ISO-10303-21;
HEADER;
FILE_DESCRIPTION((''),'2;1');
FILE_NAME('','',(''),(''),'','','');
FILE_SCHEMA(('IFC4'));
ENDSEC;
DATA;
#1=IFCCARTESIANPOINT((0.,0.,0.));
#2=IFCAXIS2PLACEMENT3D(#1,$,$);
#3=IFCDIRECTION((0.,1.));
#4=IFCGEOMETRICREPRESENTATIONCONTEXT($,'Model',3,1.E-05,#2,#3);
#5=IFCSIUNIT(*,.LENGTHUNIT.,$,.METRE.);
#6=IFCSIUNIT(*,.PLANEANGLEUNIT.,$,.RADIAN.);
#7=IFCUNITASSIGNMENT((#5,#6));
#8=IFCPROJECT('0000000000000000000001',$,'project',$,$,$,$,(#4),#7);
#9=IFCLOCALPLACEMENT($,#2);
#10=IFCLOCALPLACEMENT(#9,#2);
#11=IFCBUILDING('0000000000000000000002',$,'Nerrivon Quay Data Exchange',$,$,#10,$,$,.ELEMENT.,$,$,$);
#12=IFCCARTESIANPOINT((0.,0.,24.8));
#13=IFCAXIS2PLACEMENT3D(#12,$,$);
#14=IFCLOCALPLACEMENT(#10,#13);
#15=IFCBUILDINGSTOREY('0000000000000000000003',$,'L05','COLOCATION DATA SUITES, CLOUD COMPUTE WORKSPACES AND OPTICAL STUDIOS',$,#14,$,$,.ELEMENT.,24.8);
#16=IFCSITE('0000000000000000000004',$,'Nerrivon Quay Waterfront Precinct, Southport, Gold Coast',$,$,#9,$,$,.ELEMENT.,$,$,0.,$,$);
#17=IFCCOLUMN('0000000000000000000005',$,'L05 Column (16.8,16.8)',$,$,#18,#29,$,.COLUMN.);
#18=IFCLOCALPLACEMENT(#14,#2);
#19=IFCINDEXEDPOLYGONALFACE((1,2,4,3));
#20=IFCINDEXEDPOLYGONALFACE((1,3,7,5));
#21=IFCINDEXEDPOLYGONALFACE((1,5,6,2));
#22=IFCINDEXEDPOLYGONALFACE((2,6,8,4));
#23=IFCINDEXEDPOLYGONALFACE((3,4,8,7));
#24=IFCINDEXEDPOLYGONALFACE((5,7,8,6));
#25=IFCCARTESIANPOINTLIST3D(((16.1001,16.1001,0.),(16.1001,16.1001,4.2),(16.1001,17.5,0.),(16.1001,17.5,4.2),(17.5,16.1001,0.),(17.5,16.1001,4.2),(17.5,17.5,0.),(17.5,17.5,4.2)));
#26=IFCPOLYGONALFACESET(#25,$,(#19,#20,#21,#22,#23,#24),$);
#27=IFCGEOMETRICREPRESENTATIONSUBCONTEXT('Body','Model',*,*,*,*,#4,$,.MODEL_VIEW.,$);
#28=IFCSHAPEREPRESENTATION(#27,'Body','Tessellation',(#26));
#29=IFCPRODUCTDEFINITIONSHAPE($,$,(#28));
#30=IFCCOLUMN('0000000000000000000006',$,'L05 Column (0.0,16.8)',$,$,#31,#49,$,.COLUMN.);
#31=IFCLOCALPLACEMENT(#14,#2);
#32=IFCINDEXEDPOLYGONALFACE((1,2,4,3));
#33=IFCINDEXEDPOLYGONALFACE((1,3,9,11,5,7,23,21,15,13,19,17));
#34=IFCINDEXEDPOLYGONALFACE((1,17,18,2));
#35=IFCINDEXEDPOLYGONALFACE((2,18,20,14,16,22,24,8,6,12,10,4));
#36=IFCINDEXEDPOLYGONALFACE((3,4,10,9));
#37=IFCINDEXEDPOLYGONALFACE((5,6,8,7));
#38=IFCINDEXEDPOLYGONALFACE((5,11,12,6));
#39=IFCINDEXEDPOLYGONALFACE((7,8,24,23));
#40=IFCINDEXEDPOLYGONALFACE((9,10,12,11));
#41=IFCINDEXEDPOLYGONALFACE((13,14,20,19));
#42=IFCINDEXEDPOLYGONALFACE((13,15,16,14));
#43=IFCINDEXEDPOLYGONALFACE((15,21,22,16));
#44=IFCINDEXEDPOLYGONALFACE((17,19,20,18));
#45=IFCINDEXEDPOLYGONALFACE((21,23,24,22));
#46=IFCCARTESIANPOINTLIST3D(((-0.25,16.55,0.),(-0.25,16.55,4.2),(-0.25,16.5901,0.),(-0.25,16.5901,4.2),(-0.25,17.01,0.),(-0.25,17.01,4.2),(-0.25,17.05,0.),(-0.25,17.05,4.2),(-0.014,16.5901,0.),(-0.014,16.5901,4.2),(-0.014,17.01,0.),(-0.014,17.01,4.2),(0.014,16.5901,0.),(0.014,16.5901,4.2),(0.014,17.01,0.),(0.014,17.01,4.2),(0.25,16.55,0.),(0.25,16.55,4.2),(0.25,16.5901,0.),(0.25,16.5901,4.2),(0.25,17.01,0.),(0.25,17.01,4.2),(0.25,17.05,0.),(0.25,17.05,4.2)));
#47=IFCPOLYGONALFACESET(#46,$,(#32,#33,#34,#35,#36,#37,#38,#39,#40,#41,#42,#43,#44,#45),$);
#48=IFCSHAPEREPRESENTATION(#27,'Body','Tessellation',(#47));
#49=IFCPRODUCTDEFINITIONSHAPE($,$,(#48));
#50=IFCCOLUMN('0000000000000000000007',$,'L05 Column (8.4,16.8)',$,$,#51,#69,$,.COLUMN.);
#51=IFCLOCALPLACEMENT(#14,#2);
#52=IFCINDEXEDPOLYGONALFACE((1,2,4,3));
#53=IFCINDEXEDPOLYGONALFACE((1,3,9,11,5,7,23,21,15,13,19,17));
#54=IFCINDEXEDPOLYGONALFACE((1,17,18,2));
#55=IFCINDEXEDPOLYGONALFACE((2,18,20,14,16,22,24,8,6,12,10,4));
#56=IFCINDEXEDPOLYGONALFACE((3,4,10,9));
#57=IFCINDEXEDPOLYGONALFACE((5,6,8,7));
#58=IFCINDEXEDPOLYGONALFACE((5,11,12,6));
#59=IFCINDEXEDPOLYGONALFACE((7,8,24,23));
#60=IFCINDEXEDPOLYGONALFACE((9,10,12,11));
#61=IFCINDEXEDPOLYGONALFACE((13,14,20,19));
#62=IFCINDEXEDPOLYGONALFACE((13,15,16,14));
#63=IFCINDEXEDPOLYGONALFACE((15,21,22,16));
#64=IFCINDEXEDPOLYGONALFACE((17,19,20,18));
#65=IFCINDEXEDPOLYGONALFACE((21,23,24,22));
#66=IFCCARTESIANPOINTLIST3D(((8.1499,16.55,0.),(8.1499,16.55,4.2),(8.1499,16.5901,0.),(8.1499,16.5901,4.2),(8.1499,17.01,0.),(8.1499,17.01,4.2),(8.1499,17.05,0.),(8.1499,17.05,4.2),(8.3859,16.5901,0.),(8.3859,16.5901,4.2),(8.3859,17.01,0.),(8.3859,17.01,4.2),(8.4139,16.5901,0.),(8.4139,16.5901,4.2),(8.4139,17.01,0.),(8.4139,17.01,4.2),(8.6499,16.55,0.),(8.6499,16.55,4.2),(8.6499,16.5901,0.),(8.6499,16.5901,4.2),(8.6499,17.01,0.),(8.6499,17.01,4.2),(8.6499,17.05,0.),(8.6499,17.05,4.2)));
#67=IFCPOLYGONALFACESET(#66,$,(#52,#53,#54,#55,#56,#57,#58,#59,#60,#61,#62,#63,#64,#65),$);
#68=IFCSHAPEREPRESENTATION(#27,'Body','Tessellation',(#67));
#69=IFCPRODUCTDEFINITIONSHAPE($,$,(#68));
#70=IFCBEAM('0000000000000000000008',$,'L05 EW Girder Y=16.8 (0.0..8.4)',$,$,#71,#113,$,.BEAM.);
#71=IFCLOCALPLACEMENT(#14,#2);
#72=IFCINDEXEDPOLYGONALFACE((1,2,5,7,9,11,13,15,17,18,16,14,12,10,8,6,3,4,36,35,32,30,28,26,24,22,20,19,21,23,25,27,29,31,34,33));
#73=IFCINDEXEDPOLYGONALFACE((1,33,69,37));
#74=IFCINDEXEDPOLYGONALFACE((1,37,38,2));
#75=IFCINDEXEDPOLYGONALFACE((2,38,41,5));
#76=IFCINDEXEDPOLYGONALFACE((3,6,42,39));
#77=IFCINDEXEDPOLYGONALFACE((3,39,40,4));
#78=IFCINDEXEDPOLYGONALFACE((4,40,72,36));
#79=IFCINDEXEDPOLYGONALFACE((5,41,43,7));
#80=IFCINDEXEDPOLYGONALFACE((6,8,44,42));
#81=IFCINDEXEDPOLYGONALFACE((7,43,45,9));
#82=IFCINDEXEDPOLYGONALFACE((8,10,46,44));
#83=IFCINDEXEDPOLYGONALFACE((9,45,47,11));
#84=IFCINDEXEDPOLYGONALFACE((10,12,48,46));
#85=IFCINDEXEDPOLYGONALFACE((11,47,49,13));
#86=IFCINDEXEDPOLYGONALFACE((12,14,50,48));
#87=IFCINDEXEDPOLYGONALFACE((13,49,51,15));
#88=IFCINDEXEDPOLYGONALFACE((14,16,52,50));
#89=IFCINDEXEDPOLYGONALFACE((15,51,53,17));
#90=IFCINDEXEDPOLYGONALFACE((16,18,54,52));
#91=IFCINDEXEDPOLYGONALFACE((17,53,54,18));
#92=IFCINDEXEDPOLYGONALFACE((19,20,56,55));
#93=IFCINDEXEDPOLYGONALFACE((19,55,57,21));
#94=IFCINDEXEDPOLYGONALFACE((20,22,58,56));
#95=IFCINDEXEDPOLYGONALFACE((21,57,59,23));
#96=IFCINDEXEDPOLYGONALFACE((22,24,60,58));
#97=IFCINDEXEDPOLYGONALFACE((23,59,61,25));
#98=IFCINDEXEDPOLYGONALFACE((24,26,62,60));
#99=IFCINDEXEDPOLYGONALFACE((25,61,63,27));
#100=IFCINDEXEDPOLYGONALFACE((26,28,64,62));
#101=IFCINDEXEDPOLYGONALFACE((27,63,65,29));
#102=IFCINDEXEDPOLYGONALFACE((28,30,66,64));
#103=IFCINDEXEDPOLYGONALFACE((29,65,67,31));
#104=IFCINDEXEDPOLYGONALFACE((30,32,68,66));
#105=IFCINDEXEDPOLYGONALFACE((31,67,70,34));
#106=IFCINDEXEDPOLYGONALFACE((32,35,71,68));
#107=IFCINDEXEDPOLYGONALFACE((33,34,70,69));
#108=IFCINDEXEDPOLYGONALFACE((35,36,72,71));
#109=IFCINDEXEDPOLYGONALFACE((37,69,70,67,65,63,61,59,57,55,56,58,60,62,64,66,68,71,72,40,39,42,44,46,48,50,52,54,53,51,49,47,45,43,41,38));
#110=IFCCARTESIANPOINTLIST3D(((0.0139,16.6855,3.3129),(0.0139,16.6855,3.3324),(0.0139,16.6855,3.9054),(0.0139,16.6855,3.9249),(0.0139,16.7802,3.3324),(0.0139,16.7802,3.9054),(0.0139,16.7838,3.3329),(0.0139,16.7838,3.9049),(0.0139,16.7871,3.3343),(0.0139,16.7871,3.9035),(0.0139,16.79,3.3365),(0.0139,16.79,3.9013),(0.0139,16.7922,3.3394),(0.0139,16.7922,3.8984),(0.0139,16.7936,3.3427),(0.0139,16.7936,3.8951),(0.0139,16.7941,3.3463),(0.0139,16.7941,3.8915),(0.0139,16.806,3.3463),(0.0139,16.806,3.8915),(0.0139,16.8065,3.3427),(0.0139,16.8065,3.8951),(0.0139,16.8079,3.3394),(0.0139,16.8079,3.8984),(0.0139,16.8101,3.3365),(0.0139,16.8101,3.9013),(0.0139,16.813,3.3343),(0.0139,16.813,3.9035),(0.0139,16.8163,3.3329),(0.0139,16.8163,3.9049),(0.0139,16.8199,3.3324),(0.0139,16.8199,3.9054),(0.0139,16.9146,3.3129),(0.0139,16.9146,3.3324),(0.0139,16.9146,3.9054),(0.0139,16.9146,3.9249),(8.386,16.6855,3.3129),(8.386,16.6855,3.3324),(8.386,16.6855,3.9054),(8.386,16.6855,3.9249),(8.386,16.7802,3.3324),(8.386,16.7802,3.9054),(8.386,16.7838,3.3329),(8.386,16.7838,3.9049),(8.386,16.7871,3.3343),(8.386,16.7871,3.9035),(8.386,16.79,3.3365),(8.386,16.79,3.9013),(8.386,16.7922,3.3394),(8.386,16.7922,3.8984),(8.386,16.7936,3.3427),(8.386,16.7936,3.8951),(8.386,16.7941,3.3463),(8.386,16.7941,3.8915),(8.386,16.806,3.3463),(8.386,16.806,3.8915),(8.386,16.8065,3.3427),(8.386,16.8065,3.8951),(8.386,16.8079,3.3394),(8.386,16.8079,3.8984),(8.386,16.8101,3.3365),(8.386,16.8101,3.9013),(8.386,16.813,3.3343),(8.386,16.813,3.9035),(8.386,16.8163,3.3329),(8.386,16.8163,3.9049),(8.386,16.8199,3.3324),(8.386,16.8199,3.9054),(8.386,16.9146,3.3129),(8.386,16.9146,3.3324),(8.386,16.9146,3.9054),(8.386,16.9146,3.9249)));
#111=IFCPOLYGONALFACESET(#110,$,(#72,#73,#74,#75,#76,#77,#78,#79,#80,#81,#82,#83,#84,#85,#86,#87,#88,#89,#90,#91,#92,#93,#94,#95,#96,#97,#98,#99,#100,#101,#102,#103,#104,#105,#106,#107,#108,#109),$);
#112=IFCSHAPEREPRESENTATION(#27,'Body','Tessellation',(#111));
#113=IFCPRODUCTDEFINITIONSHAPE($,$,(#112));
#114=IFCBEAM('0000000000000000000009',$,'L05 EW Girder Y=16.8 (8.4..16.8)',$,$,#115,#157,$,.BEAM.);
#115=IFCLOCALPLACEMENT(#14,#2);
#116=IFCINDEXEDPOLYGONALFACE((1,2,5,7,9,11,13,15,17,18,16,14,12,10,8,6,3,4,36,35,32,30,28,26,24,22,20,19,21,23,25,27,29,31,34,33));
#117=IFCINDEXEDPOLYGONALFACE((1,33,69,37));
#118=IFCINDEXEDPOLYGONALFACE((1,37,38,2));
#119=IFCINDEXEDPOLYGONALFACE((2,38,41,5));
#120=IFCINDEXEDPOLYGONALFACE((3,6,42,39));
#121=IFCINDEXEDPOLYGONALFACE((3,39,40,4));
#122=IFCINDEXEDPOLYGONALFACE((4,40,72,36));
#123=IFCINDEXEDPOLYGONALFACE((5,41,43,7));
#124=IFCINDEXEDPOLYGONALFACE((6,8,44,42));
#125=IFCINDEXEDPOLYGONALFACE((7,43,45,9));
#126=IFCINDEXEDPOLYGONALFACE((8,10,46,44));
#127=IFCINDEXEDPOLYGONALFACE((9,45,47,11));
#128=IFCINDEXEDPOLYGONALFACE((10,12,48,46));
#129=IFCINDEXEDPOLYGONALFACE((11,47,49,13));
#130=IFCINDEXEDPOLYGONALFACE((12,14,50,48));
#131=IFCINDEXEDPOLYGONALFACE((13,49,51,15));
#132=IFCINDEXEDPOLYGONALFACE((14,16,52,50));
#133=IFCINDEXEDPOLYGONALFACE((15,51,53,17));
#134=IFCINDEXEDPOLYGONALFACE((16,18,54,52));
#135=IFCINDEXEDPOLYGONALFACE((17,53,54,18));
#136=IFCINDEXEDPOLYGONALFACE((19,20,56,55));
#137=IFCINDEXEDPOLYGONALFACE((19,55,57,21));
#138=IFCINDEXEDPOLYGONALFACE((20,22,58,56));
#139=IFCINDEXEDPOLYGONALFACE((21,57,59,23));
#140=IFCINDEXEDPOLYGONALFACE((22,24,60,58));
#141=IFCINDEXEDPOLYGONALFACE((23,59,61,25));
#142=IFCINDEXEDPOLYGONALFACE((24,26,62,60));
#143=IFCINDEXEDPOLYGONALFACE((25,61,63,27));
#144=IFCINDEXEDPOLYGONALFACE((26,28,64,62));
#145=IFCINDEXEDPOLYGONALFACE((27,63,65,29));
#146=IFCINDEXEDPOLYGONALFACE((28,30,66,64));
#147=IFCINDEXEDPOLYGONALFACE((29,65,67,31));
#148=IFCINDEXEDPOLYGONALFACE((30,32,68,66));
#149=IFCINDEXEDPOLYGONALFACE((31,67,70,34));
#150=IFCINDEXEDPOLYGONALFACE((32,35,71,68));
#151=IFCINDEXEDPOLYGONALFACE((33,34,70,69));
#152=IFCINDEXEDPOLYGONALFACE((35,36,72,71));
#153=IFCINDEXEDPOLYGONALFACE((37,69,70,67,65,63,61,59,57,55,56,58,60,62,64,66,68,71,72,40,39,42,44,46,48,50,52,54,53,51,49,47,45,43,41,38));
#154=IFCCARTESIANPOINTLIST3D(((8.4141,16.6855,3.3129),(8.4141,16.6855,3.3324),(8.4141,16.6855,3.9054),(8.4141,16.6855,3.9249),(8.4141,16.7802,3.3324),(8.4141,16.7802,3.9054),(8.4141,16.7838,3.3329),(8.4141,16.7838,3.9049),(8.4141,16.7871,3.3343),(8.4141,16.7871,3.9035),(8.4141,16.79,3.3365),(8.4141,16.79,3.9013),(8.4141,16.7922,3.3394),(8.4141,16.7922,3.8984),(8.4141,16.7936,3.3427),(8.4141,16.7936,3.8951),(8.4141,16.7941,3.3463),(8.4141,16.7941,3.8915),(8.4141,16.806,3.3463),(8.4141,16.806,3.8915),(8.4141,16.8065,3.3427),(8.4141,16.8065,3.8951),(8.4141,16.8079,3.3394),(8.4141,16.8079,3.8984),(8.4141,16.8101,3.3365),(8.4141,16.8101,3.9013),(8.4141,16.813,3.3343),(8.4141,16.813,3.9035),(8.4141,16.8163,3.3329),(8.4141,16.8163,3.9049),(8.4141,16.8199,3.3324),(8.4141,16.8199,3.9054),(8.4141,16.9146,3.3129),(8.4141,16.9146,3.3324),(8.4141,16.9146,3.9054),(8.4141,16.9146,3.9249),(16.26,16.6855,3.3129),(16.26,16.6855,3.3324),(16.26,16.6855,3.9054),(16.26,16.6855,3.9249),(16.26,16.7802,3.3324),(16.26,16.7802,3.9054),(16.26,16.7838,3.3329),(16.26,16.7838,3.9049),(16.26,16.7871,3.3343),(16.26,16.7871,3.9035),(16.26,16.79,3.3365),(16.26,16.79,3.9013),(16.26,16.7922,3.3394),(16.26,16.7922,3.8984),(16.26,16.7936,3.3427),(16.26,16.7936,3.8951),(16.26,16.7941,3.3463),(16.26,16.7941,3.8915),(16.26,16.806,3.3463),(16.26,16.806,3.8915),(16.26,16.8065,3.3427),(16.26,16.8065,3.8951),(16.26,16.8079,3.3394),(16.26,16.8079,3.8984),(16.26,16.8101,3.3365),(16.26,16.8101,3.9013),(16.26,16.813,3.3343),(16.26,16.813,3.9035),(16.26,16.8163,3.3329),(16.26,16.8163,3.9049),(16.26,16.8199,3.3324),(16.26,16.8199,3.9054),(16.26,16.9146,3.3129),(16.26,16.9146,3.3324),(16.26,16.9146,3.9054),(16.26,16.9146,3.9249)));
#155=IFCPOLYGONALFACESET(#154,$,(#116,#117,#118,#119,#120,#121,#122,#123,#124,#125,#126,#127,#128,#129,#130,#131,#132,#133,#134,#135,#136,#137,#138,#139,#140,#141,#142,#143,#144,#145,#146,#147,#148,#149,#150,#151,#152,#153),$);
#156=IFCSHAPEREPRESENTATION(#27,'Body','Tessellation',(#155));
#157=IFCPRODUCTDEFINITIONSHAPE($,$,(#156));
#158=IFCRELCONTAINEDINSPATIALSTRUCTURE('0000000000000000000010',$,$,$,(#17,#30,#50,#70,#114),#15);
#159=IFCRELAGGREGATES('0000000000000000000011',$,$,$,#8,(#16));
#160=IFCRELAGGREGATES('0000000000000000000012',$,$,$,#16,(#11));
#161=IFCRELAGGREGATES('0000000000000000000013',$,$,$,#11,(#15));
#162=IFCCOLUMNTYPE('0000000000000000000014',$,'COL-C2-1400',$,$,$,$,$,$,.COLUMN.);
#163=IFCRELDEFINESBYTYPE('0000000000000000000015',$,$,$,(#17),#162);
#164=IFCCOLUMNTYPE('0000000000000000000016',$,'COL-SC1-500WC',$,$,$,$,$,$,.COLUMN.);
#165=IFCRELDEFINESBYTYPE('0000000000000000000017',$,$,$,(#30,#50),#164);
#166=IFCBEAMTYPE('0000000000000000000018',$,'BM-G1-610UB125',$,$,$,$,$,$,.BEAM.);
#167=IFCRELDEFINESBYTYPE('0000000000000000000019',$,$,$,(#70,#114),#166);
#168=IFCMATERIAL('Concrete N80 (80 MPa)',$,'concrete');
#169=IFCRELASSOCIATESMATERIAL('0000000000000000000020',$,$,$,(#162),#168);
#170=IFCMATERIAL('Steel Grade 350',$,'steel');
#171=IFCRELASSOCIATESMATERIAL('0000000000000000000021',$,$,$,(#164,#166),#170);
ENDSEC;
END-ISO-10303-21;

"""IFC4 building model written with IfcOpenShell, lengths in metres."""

from ifc_helpers import new_model, si_unit, direction, frame, origin, origin_2d, place, context, subcontext, project, spatial, rectangle, i_section, extrude, material, material_profile, profile_set, type_object, element, save


model = new_model("IFC4")

# Units and contexts
model_context = context("Model", 3, precision=1e-05, world=origin(), true_north=direction((0.0, 1.0)))
body_context = subcontext(model_context, "Body", "Model", "MODEL_VIEW")
ifc_project = project(units=[si_unit("LENGTHUNIT", "METRE"), si_unit("PLANEANGLEUNIT", "RADIAN")], contexts=[model_context])

# Site, building, storey
site_placement = place(None, origin())
site = spatial("IfcSite", under=ifc_project, at=site_placement, Name="Nerrivon Quay Waterfront Precinct, Southport, Gold Coast", CompositionType="ELEMENT", RefElevation=0.0)
building_placement = place(site_placement, origin())
building = spatial("IfcBuilding", under=site, at=building_placement, Name="Nerrivon Quay Data Exchange", CompositionType="ELEMENT")
storey_placement = place(building_placement, frame((0.0, 0.0, 24.8)))
storey = spatial("IfcBuildingStorey", under=building, at=storey_placement, Name="L05", Description="COLOCATION DATA SUITES, CLOUD COMPUTE WORKSPACES AND OPTICAL STUDIOS", CompositionType="ELEMENT", Elevation=24.8)

# Columns
ifc_material_1 = material(Name="Concrete N80 (80 MPa)", Category="concrete")
ifc_material_profile_1 = material_profile(ifc_material_1, rectangle(XDim=1.3999, YDim=1.3999, at=origin_2d()), Name="RC-COL-1400x1400")
ifc_profile_set_1 = profile_set([ifc_material_profile_1], Name="Concrete N80 (80 MPa)")
column_type_1 = type_object("IfcColumnType", Name="COL-C2-1400", PredefinedType="COLUMN", material=ifc_profile_set_1)
column_placement = place(storey_placement, frame((16.8, 16.8, 0.0), z_axis=(0.0, 0.0, 1.0), x_axis=(1.0, 0.0, 0.0)))
element("IfcColumn", 1, at=column_placement, inside=storey, type_object=column_type_1, Name="L05 Column (16.8,16.8)", PredefinedType="COLUMN", context=body_context, shape_type="SweptSolid", body=[
    extrude(rectangle(XDim=1.3999, YDim=1.3999, at=origin_2d()), origin(), (0.0, 0.0, 1.0), 4.2),
])
ifc_material_2 = material(Name="Steel Grade 350", Category="steel")
ifc_material_profile_2 = material_profile(ifc_material_2, i_section(OverallWidth=0.5, OverallDepth=0.5, WebThickness=0.0281, FlangeThickness=0.04, at=origin_2d()), Name="500WC440")
ifc_profile_set_2 = profile_set([ifc_material_profile_2], Name="Steel Grade 350")
column_type_2 = type_object("IfcColumnType", Name="COL-SC1-500WC", PredefinedType="COLUMN", material=ifc_profile_set_2)
for number, where, z_axis, x_axis, name in (
    (2, (0.0, 16.8, 0.0), (0.0, 0.0, 1.0), (1.0, 0.0, 0.0), "L05 Column (0.0,16.8)"),
    (3, (8.3999, 16.8, 0.0), (0.0, 0.0, 1.0), (1.0, 0.0, 0.0), "L05 Column (8.4,16.8)"),
):
    element("IfcColumn", number, at=place(storey_placement, frame(where, z_axis=z_axis, x_axis=x_axis)), inside=storey, type_object=column_type_2, Name=name, PredefinedType="COLUMN", context=body_context, shape_type="SweptSolid", body=[
        extrude(i_section(OverallWidth=0.5, OverallDepth=0.5, WebThickness=0.0281, FlangeThickness=0.04, at=origin_2d()), origin(), (0.0, 0.0, 1.0), 4.2),
    ])

# Beams
ifc_material_profile_3 = material_profile(ifc_material_2, i_section(OverallWidth=0.229, OverallDepth=0.6121, WebThickness=0.012, FlangeThickness=0.0195, FilletRadius=0.0139, at=origin_2d()), Name="610UB125")
ifc_profile_set_3 = profile_set([ifc_material_profile_3], Name="Steel Grade 350")
beam_type_1 = type_object("IfcBeamType", Name="BM-G1-610UB125", PredefinedType="BEAM", material=ifc_profile_set_3)
beam_1_placement = place(storey_placement, frame((0.0139, 16.8, 3.6189), z_axis=(1.0, 0.0, 0.0), x_axis=(0.0, 1.0, 0.0)))
element("IfcBeam", 4, at=beam_1_placement, inside=storey, type_object=beam_type_1, Name="L05 EW Girder Y=16.8 (0.0..8.4)", PredefinedType="BEAM", context=body_context, shape_type="SweptSolid", body=[
    extrude(i_section(OverallWidth=0.229, OverallDepth=0.6121, WebThickness=0.012, FlangeThickness=0.0195, FilletRadius=0.0139, at=origin_2d()), origin(), (0.0, 0.0, 1.0), 8.3721),
])
beam_2_placement = place(storey_placement, frame((8.4141, 16.8, 3.6189), z_axis=(1.0, 0.0, 0.0), x_axis=(0.0, 1.0, 0.0)))
element("IfcBeam", 5, at=beam_2_placement, inside=storey, type_object=beam_type_1, Name="L05 EW Girder Y=16.8 (8.4..16.8)", PredefinedType="BEAM", context=body_context, shape_type="SweptSolid", body=[
    extrude(i_section(OverallWidth=0.229, OverallDepth=0.6121, WebThickness=0.012, FlangeThickness=0.0195, FilletRadius=0.0139, at=origin_2d()), origin(), (0.0, 0.0, 1.0), 7.8459),
])

save(model, "model.ifc")
